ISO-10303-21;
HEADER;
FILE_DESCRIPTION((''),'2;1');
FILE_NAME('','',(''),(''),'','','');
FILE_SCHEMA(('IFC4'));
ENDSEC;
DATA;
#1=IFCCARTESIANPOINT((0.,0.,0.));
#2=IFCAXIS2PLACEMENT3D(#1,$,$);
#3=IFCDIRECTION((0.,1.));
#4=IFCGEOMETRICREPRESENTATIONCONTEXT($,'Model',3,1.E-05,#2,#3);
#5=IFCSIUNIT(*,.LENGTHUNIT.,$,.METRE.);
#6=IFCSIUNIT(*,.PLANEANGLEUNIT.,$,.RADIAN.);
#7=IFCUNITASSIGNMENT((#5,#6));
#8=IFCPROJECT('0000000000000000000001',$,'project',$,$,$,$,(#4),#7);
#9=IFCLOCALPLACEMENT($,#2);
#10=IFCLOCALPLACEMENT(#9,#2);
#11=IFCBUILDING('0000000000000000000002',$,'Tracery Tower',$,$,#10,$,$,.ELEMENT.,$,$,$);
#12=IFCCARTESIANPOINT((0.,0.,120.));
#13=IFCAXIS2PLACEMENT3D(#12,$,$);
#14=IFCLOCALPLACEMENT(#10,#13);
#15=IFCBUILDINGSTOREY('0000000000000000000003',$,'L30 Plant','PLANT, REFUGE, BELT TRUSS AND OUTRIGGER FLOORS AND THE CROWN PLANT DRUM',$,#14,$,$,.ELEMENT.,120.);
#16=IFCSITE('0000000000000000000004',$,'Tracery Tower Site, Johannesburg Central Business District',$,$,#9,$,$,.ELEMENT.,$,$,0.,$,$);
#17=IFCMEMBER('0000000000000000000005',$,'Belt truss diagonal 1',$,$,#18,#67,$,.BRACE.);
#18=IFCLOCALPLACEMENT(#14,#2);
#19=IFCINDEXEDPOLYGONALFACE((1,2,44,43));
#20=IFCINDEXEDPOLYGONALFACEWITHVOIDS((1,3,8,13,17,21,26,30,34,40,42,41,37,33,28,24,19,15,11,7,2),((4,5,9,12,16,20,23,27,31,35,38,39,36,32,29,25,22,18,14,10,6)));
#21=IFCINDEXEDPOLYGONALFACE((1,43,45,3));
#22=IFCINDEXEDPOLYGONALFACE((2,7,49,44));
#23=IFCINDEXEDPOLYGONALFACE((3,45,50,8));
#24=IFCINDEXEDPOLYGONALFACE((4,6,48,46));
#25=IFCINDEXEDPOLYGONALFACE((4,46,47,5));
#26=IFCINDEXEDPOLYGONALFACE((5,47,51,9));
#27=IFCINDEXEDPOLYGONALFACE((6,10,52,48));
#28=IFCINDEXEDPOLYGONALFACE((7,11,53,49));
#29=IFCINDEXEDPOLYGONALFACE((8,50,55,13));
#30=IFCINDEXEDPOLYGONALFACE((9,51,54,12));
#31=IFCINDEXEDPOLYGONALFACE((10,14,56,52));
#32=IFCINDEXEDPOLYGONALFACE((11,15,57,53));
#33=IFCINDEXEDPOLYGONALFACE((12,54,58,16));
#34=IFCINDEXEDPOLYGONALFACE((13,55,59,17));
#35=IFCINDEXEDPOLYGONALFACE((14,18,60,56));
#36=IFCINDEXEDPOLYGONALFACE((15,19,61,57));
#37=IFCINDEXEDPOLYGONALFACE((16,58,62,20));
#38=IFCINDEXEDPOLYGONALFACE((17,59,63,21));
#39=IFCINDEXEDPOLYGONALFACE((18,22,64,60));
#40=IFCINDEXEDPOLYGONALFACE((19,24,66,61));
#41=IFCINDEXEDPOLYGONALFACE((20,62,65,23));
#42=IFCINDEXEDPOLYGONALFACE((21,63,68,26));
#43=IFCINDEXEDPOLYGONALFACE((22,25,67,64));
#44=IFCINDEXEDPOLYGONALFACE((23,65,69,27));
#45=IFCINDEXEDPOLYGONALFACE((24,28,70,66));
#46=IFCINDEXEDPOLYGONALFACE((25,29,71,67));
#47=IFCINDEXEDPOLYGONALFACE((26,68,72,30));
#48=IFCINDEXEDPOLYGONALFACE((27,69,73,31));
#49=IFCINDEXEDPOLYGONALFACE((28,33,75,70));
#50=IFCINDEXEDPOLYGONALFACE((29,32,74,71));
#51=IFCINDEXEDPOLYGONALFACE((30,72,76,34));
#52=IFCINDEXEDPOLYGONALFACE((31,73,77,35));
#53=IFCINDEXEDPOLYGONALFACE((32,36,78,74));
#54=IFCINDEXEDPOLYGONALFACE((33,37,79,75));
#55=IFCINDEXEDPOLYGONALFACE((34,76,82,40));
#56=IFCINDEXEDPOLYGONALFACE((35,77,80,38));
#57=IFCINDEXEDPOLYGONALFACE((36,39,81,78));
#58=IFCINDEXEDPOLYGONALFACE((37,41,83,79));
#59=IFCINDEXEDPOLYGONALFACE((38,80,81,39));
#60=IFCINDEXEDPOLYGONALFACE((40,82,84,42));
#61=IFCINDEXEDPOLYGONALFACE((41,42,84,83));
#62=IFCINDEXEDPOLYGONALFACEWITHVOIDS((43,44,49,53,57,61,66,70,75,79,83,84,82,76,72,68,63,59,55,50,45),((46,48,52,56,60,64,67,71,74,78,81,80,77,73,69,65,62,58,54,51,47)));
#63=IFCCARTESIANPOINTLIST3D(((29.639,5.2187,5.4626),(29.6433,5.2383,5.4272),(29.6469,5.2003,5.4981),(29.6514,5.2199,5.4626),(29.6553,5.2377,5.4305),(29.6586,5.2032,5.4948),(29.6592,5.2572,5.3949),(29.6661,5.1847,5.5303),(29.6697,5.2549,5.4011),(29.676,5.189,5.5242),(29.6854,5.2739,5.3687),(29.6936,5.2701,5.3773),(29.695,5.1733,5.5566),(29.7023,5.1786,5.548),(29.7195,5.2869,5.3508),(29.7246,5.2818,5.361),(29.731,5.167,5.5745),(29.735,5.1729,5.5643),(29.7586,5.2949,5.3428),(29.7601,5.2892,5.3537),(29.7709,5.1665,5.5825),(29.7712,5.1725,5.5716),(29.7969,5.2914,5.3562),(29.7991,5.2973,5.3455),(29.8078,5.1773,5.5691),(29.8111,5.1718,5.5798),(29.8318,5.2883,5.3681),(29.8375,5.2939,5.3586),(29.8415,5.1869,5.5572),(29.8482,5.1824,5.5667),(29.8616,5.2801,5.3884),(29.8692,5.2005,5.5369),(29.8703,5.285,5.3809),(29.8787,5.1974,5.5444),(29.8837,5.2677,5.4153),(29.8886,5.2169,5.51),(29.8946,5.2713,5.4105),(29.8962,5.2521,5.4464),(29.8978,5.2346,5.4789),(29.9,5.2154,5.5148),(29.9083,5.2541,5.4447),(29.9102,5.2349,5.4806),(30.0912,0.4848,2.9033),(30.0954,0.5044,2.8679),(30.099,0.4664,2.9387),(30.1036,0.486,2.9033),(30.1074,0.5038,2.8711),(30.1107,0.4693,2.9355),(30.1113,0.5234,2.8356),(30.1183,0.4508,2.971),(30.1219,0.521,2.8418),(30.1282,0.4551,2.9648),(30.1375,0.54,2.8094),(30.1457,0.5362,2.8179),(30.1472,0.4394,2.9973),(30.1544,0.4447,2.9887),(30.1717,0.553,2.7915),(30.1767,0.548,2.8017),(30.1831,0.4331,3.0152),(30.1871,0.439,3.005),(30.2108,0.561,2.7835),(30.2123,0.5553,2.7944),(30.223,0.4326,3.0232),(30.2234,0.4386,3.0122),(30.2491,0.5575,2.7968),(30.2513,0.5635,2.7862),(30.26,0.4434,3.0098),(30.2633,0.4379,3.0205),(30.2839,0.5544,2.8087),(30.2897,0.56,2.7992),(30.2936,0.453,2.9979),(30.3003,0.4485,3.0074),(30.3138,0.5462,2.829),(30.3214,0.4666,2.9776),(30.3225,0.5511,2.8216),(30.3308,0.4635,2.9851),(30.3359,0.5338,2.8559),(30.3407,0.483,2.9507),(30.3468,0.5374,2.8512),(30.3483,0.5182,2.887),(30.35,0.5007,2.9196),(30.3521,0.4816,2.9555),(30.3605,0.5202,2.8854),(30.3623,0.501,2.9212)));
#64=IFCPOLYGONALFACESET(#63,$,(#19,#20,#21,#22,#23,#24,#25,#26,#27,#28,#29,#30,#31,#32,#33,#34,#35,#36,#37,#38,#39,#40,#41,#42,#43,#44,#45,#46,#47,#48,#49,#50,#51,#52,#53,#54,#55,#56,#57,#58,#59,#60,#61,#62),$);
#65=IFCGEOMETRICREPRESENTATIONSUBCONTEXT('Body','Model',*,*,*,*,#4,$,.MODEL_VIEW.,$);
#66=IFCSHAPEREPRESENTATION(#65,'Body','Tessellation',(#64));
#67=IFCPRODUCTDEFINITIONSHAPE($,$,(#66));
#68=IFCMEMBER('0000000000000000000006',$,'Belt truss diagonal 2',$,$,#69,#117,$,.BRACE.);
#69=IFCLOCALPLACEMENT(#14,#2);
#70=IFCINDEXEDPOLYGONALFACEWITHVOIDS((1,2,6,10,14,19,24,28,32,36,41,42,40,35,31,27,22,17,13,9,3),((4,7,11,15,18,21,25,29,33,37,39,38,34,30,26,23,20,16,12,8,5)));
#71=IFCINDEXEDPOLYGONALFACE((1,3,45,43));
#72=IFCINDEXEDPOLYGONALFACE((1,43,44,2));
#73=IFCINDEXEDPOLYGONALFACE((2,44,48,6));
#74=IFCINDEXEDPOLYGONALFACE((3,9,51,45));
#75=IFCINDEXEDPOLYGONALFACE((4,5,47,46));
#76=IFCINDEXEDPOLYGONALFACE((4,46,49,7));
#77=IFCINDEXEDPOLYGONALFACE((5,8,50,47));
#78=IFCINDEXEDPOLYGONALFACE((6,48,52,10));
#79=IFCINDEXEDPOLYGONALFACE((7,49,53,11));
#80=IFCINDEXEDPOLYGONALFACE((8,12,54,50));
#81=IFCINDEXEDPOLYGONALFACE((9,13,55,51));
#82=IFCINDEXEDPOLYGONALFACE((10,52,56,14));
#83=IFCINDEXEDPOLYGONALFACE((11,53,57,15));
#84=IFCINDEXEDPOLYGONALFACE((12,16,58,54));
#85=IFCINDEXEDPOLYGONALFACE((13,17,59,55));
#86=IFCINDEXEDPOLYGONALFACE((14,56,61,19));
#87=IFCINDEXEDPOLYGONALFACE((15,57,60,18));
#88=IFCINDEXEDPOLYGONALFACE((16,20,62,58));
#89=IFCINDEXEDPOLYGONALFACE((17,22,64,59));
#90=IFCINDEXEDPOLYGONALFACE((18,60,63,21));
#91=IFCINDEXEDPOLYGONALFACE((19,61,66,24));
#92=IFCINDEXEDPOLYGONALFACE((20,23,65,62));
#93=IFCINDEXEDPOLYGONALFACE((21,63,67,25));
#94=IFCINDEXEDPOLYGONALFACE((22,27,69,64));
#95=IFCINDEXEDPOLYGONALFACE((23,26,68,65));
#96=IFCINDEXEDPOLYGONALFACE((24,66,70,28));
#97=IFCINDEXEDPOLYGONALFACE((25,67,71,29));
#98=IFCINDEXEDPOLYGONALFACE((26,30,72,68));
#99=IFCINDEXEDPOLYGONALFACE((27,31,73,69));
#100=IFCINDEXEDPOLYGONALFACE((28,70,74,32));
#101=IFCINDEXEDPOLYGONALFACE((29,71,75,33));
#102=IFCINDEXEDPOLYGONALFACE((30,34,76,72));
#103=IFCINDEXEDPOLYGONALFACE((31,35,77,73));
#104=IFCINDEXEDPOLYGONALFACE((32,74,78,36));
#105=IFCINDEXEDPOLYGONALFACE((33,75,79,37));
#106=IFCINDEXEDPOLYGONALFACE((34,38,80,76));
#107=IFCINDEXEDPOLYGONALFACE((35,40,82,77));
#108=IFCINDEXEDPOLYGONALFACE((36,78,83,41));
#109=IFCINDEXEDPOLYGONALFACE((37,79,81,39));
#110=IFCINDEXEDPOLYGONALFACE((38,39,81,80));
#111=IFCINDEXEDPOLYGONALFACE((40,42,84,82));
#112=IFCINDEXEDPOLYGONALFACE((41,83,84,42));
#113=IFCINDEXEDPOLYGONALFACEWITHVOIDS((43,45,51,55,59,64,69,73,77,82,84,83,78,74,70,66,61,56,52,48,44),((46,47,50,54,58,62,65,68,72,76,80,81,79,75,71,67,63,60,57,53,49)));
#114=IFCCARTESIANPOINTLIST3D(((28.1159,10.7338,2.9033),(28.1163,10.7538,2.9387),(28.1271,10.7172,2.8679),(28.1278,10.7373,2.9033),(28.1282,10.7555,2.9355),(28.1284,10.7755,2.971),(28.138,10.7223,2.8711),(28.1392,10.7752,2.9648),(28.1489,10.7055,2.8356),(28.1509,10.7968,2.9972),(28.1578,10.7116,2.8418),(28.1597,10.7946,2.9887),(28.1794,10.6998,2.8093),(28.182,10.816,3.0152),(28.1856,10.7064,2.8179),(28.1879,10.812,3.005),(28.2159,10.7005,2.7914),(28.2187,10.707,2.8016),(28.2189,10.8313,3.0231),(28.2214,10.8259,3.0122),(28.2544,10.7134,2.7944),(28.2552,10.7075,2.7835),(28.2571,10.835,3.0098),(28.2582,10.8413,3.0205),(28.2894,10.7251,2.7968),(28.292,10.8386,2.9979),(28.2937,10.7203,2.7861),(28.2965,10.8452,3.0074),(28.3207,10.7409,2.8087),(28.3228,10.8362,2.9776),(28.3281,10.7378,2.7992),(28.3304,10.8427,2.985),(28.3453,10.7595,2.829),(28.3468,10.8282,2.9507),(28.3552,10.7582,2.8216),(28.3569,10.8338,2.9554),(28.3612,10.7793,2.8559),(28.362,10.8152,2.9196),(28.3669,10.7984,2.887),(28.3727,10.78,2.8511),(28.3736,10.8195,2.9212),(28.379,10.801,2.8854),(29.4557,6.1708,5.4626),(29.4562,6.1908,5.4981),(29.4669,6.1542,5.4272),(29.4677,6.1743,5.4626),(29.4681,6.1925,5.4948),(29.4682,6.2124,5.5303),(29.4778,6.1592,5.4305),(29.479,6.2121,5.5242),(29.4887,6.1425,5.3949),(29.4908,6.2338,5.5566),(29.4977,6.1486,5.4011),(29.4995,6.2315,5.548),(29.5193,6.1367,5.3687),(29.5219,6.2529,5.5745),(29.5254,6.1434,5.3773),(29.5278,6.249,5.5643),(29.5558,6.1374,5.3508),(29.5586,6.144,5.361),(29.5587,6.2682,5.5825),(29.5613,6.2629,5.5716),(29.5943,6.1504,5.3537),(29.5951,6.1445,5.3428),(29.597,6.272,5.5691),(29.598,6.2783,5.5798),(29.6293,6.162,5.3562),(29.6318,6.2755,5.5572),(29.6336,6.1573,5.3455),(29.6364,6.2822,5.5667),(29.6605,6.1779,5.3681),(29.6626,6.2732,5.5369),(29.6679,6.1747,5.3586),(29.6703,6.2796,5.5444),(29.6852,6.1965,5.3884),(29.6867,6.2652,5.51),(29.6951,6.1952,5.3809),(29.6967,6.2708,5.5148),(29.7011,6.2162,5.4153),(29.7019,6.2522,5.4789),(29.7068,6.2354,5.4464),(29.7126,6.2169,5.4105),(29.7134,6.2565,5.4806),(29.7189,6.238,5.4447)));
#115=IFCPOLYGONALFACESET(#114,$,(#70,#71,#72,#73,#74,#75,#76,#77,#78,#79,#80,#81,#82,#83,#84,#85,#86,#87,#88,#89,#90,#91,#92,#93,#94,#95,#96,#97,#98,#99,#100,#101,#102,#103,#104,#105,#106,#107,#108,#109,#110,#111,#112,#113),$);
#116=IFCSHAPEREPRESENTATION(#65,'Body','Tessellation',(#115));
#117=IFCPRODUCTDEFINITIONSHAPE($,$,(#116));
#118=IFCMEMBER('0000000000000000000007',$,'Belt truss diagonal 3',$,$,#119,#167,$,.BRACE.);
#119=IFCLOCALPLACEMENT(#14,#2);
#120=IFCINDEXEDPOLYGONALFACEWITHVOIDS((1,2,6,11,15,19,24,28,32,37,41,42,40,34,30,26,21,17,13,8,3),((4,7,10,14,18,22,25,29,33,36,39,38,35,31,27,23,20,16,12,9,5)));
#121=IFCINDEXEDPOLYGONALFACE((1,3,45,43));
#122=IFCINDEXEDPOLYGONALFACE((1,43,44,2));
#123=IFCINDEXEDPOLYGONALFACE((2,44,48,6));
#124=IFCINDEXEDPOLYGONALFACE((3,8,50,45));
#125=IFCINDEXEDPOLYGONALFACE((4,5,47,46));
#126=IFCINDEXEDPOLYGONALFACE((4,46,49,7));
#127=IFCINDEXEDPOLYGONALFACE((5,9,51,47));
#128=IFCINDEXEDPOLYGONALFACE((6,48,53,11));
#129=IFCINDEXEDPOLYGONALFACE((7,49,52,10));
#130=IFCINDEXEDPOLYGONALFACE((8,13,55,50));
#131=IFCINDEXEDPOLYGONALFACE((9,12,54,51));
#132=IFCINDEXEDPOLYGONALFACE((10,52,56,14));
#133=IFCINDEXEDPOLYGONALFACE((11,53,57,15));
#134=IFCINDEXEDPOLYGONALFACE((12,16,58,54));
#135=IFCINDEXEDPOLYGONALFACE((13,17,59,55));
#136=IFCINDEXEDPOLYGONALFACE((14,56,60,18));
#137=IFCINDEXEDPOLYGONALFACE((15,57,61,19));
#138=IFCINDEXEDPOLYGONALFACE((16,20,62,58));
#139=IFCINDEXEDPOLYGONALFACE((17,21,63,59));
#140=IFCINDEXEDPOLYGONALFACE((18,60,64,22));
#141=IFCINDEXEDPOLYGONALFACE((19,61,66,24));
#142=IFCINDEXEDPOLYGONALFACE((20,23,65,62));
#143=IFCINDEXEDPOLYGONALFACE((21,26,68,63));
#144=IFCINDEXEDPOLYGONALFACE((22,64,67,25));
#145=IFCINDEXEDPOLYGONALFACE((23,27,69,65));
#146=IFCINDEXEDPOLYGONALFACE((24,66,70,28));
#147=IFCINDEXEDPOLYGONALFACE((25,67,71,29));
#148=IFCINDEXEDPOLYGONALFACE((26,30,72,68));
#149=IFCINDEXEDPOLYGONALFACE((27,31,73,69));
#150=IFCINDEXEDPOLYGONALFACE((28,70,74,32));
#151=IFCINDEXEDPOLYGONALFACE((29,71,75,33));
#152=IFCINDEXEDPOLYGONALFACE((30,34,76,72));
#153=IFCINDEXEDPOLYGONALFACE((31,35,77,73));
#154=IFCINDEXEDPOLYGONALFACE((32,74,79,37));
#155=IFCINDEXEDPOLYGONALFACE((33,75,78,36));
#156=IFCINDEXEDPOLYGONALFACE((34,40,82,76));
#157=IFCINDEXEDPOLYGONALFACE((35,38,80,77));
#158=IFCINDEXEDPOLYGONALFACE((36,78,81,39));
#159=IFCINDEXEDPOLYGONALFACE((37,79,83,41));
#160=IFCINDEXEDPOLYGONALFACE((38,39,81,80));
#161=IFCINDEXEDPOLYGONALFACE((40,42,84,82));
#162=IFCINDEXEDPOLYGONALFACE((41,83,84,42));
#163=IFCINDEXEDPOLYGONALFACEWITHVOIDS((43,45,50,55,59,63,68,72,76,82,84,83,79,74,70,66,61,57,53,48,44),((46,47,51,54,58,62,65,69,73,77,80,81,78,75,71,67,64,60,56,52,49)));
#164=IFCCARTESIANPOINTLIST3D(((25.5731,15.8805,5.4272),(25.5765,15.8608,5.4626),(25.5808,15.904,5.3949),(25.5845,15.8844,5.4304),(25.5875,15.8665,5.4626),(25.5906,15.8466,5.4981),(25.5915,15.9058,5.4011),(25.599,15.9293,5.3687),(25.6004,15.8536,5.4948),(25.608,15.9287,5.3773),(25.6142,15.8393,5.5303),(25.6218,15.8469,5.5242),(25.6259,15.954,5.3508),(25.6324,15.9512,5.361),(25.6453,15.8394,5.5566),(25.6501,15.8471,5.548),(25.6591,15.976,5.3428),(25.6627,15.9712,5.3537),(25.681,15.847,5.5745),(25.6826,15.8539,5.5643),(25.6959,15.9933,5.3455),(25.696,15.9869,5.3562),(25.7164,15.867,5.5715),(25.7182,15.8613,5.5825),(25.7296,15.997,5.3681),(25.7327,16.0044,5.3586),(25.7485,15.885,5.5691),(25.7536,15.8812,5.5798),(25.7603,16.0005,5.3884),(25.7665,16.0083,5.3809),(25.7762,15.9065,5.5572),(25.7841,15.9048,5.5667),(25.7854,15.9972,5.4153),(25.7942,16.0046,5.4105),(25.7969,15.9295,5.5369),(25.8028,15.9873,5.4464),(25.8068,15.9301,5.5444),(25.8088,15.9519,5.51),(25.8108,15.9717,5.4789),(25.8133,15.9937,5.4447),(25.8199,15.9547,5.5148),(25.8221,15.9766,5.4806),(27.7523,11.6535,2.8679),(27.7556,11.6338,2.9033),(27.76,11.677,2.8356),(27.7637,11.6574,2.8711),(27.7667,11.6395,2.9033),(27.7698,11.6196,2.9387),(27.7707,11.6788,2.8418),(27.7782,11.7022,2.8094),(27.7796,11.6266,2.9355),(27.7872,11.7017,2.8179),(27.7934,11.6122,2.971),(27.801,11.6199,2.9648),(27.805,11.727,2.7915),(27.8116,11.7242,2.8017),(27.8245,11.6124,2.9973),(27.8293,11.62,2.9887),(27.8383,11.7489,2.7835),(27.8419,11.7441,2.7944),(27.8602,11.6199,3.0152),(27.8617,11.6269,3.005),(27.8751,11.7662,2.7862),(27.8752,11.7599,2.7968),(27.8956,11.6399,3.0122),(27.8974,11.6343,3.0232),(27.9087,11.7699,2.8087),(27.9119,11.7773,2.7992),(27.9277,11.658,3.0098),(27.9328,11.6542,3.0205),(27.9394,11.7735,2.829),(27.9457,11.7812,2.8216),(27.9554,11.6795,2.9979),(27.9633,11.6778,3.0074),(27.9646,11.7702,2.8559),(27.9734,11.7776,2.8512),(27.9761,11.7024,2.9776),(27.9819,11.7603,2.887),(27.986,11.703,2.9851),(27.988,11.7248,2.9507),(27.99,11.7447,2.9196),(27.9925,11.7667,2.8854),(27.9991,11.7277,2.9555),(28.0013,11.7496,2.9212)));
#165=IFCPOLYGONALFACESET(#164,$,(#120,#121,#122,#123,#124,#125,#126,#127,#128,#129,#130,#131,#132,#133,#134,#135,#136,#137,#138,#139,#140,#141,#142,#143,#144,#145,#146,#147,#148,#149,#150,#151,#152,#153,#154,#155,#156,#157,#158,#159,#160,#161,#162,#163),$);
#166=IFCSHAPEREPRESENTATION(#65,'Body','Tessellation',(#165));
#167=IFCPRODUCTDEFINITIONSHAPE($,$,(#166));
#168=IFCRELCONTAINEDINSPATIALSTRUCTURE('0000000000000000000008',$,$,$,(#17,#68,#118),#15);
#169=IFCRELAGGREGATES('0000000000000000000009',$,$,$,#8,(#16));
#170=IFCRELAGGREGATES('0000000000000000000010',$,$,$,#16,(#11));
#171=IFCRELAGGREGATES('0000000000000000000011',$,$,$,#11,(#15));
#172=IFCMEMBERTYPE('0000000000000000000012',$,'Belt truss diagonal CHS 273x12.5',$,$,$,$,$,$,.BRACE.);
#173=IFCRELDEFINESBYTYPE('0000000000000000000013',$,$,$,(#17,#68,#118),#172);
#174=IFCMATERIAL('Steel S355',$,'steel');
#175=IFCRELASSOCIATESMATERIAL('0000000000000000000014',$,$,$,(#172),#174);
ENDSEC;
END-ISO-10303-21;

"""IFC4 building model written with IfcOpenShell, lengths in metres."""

from ifc_helpers import new_model, si_unit, direction, frame, origin, origin_2d, place, context, subcontext, project, spatial, hollow_circle, extrude, material, material_profile, profile_set, type_object, element, save


model = new_model("IFC4")

# Units and contexts
model_context = context("Model", 3, precision=1e-05, world=origin(), true_north=direction((0.0, 1.0)))
body_context = subcontext(model_context, "Body", "Model", "MODEL_VIEW")
ifc_project = project(units=[si_unit("LENGTHUNIT", "METRE"), si_unit("PLANEANGLEUNIT", "RADIAN")], contexts=[model_context])

# Site, building, storey
site_placement = place(None, origin())
site = spatial("IfcSite", under=ifc_project, at=site_placement, Name="Tracery Tower Site, Johannesburg Central Business District", CompositionType="ELEMENT", RefElevation=0.0)
building_placement = place(site_placement, origin())
building = spatial("IfcBuilding", under=site, at=building_placement, Name="Tracery Tower", CompositionType="ELEMENT")
storey_placement = place(building_placement, frame((0.0, 0.0, 120.0)))
storey = spatial("IfcBuildingStorey", under=building, at=storey_placement, Name="L30 Plant", Description="PLANT, REFUGE, BELT TRUSS AND OUTRIGGER FLOORS AND THE CROWN PLANT DRUM", CompositionType="ELEMENT", Elevation=120.0)

# Members
ifc_material_1 = material(Name="Steel S355", Category="steel")
ifc_material_profile_1 = material_profile(ifc_material_1, hollow_circle(Radius=0.1365, WallThickness=0.0125, at=origin_2d()), Name="CHS 273x12.5")
ifc_profile_set_1 = profile_set([ifc_material_profile_1], Name="Steel S355")
member_type_1 = type_object("IfcMemberType", Name="Belt truss diagonal CHS 273x12.5", PredefinedType="BRACE", material=ifc_profile_set_1)
member_1_placement = place(storey_placement, frame((30.2271, 0.4978, 2.9033), z_axis=(-0.083725, 0.876581, 0.473915), x_axis=(-0.99547, -0.09508, 0.0)))
element("IfcMember", 1, at=member_1_placement, inside=storey, type_object=member_type_1, Name="Belt truss diagonal 1", PredefinedType="BRACE", context=body_context, shape_type="SweptSolid", body=[
    extrude(hollow_circle(Radius=0.1365, WallThickness=0.0125, at=origin_2d()), origin(), (0.0, 0.0, 1.0), 5.4004),
])
for number, where, z_axis, x_axis, name in (
    (2, (29.5867, 6.2092, 5.4626), (-0.248093, 0.844908, -0.473899), (-0.959491, -0.281738, 0.0), "Belt truss diagonal 2"),
    (3, (27.877, 11.6963, 2.9033), (-0.403507, 0.782693, 0.473892), (-0.888835, -0.458227, 0.0), "Belt truss diagonal 3"),
):
    element("IfcMember", number, at=place(storey_placement, frame(where, z_axis=z_axis, x_axis=x_axis)), inside=storey, type_object=member_type_1, Name=name, PredefinedType="BRACE", context=body_context, shape_type="SweptSolid", body=[
        extrude(hollow_circle(Radius=0.1365, WallThickness=0.0125, at=origin_2d()), origin(), (0.0, 0.0, 1.0), 5.4006),
    ])

save(model, "model.ifc")
